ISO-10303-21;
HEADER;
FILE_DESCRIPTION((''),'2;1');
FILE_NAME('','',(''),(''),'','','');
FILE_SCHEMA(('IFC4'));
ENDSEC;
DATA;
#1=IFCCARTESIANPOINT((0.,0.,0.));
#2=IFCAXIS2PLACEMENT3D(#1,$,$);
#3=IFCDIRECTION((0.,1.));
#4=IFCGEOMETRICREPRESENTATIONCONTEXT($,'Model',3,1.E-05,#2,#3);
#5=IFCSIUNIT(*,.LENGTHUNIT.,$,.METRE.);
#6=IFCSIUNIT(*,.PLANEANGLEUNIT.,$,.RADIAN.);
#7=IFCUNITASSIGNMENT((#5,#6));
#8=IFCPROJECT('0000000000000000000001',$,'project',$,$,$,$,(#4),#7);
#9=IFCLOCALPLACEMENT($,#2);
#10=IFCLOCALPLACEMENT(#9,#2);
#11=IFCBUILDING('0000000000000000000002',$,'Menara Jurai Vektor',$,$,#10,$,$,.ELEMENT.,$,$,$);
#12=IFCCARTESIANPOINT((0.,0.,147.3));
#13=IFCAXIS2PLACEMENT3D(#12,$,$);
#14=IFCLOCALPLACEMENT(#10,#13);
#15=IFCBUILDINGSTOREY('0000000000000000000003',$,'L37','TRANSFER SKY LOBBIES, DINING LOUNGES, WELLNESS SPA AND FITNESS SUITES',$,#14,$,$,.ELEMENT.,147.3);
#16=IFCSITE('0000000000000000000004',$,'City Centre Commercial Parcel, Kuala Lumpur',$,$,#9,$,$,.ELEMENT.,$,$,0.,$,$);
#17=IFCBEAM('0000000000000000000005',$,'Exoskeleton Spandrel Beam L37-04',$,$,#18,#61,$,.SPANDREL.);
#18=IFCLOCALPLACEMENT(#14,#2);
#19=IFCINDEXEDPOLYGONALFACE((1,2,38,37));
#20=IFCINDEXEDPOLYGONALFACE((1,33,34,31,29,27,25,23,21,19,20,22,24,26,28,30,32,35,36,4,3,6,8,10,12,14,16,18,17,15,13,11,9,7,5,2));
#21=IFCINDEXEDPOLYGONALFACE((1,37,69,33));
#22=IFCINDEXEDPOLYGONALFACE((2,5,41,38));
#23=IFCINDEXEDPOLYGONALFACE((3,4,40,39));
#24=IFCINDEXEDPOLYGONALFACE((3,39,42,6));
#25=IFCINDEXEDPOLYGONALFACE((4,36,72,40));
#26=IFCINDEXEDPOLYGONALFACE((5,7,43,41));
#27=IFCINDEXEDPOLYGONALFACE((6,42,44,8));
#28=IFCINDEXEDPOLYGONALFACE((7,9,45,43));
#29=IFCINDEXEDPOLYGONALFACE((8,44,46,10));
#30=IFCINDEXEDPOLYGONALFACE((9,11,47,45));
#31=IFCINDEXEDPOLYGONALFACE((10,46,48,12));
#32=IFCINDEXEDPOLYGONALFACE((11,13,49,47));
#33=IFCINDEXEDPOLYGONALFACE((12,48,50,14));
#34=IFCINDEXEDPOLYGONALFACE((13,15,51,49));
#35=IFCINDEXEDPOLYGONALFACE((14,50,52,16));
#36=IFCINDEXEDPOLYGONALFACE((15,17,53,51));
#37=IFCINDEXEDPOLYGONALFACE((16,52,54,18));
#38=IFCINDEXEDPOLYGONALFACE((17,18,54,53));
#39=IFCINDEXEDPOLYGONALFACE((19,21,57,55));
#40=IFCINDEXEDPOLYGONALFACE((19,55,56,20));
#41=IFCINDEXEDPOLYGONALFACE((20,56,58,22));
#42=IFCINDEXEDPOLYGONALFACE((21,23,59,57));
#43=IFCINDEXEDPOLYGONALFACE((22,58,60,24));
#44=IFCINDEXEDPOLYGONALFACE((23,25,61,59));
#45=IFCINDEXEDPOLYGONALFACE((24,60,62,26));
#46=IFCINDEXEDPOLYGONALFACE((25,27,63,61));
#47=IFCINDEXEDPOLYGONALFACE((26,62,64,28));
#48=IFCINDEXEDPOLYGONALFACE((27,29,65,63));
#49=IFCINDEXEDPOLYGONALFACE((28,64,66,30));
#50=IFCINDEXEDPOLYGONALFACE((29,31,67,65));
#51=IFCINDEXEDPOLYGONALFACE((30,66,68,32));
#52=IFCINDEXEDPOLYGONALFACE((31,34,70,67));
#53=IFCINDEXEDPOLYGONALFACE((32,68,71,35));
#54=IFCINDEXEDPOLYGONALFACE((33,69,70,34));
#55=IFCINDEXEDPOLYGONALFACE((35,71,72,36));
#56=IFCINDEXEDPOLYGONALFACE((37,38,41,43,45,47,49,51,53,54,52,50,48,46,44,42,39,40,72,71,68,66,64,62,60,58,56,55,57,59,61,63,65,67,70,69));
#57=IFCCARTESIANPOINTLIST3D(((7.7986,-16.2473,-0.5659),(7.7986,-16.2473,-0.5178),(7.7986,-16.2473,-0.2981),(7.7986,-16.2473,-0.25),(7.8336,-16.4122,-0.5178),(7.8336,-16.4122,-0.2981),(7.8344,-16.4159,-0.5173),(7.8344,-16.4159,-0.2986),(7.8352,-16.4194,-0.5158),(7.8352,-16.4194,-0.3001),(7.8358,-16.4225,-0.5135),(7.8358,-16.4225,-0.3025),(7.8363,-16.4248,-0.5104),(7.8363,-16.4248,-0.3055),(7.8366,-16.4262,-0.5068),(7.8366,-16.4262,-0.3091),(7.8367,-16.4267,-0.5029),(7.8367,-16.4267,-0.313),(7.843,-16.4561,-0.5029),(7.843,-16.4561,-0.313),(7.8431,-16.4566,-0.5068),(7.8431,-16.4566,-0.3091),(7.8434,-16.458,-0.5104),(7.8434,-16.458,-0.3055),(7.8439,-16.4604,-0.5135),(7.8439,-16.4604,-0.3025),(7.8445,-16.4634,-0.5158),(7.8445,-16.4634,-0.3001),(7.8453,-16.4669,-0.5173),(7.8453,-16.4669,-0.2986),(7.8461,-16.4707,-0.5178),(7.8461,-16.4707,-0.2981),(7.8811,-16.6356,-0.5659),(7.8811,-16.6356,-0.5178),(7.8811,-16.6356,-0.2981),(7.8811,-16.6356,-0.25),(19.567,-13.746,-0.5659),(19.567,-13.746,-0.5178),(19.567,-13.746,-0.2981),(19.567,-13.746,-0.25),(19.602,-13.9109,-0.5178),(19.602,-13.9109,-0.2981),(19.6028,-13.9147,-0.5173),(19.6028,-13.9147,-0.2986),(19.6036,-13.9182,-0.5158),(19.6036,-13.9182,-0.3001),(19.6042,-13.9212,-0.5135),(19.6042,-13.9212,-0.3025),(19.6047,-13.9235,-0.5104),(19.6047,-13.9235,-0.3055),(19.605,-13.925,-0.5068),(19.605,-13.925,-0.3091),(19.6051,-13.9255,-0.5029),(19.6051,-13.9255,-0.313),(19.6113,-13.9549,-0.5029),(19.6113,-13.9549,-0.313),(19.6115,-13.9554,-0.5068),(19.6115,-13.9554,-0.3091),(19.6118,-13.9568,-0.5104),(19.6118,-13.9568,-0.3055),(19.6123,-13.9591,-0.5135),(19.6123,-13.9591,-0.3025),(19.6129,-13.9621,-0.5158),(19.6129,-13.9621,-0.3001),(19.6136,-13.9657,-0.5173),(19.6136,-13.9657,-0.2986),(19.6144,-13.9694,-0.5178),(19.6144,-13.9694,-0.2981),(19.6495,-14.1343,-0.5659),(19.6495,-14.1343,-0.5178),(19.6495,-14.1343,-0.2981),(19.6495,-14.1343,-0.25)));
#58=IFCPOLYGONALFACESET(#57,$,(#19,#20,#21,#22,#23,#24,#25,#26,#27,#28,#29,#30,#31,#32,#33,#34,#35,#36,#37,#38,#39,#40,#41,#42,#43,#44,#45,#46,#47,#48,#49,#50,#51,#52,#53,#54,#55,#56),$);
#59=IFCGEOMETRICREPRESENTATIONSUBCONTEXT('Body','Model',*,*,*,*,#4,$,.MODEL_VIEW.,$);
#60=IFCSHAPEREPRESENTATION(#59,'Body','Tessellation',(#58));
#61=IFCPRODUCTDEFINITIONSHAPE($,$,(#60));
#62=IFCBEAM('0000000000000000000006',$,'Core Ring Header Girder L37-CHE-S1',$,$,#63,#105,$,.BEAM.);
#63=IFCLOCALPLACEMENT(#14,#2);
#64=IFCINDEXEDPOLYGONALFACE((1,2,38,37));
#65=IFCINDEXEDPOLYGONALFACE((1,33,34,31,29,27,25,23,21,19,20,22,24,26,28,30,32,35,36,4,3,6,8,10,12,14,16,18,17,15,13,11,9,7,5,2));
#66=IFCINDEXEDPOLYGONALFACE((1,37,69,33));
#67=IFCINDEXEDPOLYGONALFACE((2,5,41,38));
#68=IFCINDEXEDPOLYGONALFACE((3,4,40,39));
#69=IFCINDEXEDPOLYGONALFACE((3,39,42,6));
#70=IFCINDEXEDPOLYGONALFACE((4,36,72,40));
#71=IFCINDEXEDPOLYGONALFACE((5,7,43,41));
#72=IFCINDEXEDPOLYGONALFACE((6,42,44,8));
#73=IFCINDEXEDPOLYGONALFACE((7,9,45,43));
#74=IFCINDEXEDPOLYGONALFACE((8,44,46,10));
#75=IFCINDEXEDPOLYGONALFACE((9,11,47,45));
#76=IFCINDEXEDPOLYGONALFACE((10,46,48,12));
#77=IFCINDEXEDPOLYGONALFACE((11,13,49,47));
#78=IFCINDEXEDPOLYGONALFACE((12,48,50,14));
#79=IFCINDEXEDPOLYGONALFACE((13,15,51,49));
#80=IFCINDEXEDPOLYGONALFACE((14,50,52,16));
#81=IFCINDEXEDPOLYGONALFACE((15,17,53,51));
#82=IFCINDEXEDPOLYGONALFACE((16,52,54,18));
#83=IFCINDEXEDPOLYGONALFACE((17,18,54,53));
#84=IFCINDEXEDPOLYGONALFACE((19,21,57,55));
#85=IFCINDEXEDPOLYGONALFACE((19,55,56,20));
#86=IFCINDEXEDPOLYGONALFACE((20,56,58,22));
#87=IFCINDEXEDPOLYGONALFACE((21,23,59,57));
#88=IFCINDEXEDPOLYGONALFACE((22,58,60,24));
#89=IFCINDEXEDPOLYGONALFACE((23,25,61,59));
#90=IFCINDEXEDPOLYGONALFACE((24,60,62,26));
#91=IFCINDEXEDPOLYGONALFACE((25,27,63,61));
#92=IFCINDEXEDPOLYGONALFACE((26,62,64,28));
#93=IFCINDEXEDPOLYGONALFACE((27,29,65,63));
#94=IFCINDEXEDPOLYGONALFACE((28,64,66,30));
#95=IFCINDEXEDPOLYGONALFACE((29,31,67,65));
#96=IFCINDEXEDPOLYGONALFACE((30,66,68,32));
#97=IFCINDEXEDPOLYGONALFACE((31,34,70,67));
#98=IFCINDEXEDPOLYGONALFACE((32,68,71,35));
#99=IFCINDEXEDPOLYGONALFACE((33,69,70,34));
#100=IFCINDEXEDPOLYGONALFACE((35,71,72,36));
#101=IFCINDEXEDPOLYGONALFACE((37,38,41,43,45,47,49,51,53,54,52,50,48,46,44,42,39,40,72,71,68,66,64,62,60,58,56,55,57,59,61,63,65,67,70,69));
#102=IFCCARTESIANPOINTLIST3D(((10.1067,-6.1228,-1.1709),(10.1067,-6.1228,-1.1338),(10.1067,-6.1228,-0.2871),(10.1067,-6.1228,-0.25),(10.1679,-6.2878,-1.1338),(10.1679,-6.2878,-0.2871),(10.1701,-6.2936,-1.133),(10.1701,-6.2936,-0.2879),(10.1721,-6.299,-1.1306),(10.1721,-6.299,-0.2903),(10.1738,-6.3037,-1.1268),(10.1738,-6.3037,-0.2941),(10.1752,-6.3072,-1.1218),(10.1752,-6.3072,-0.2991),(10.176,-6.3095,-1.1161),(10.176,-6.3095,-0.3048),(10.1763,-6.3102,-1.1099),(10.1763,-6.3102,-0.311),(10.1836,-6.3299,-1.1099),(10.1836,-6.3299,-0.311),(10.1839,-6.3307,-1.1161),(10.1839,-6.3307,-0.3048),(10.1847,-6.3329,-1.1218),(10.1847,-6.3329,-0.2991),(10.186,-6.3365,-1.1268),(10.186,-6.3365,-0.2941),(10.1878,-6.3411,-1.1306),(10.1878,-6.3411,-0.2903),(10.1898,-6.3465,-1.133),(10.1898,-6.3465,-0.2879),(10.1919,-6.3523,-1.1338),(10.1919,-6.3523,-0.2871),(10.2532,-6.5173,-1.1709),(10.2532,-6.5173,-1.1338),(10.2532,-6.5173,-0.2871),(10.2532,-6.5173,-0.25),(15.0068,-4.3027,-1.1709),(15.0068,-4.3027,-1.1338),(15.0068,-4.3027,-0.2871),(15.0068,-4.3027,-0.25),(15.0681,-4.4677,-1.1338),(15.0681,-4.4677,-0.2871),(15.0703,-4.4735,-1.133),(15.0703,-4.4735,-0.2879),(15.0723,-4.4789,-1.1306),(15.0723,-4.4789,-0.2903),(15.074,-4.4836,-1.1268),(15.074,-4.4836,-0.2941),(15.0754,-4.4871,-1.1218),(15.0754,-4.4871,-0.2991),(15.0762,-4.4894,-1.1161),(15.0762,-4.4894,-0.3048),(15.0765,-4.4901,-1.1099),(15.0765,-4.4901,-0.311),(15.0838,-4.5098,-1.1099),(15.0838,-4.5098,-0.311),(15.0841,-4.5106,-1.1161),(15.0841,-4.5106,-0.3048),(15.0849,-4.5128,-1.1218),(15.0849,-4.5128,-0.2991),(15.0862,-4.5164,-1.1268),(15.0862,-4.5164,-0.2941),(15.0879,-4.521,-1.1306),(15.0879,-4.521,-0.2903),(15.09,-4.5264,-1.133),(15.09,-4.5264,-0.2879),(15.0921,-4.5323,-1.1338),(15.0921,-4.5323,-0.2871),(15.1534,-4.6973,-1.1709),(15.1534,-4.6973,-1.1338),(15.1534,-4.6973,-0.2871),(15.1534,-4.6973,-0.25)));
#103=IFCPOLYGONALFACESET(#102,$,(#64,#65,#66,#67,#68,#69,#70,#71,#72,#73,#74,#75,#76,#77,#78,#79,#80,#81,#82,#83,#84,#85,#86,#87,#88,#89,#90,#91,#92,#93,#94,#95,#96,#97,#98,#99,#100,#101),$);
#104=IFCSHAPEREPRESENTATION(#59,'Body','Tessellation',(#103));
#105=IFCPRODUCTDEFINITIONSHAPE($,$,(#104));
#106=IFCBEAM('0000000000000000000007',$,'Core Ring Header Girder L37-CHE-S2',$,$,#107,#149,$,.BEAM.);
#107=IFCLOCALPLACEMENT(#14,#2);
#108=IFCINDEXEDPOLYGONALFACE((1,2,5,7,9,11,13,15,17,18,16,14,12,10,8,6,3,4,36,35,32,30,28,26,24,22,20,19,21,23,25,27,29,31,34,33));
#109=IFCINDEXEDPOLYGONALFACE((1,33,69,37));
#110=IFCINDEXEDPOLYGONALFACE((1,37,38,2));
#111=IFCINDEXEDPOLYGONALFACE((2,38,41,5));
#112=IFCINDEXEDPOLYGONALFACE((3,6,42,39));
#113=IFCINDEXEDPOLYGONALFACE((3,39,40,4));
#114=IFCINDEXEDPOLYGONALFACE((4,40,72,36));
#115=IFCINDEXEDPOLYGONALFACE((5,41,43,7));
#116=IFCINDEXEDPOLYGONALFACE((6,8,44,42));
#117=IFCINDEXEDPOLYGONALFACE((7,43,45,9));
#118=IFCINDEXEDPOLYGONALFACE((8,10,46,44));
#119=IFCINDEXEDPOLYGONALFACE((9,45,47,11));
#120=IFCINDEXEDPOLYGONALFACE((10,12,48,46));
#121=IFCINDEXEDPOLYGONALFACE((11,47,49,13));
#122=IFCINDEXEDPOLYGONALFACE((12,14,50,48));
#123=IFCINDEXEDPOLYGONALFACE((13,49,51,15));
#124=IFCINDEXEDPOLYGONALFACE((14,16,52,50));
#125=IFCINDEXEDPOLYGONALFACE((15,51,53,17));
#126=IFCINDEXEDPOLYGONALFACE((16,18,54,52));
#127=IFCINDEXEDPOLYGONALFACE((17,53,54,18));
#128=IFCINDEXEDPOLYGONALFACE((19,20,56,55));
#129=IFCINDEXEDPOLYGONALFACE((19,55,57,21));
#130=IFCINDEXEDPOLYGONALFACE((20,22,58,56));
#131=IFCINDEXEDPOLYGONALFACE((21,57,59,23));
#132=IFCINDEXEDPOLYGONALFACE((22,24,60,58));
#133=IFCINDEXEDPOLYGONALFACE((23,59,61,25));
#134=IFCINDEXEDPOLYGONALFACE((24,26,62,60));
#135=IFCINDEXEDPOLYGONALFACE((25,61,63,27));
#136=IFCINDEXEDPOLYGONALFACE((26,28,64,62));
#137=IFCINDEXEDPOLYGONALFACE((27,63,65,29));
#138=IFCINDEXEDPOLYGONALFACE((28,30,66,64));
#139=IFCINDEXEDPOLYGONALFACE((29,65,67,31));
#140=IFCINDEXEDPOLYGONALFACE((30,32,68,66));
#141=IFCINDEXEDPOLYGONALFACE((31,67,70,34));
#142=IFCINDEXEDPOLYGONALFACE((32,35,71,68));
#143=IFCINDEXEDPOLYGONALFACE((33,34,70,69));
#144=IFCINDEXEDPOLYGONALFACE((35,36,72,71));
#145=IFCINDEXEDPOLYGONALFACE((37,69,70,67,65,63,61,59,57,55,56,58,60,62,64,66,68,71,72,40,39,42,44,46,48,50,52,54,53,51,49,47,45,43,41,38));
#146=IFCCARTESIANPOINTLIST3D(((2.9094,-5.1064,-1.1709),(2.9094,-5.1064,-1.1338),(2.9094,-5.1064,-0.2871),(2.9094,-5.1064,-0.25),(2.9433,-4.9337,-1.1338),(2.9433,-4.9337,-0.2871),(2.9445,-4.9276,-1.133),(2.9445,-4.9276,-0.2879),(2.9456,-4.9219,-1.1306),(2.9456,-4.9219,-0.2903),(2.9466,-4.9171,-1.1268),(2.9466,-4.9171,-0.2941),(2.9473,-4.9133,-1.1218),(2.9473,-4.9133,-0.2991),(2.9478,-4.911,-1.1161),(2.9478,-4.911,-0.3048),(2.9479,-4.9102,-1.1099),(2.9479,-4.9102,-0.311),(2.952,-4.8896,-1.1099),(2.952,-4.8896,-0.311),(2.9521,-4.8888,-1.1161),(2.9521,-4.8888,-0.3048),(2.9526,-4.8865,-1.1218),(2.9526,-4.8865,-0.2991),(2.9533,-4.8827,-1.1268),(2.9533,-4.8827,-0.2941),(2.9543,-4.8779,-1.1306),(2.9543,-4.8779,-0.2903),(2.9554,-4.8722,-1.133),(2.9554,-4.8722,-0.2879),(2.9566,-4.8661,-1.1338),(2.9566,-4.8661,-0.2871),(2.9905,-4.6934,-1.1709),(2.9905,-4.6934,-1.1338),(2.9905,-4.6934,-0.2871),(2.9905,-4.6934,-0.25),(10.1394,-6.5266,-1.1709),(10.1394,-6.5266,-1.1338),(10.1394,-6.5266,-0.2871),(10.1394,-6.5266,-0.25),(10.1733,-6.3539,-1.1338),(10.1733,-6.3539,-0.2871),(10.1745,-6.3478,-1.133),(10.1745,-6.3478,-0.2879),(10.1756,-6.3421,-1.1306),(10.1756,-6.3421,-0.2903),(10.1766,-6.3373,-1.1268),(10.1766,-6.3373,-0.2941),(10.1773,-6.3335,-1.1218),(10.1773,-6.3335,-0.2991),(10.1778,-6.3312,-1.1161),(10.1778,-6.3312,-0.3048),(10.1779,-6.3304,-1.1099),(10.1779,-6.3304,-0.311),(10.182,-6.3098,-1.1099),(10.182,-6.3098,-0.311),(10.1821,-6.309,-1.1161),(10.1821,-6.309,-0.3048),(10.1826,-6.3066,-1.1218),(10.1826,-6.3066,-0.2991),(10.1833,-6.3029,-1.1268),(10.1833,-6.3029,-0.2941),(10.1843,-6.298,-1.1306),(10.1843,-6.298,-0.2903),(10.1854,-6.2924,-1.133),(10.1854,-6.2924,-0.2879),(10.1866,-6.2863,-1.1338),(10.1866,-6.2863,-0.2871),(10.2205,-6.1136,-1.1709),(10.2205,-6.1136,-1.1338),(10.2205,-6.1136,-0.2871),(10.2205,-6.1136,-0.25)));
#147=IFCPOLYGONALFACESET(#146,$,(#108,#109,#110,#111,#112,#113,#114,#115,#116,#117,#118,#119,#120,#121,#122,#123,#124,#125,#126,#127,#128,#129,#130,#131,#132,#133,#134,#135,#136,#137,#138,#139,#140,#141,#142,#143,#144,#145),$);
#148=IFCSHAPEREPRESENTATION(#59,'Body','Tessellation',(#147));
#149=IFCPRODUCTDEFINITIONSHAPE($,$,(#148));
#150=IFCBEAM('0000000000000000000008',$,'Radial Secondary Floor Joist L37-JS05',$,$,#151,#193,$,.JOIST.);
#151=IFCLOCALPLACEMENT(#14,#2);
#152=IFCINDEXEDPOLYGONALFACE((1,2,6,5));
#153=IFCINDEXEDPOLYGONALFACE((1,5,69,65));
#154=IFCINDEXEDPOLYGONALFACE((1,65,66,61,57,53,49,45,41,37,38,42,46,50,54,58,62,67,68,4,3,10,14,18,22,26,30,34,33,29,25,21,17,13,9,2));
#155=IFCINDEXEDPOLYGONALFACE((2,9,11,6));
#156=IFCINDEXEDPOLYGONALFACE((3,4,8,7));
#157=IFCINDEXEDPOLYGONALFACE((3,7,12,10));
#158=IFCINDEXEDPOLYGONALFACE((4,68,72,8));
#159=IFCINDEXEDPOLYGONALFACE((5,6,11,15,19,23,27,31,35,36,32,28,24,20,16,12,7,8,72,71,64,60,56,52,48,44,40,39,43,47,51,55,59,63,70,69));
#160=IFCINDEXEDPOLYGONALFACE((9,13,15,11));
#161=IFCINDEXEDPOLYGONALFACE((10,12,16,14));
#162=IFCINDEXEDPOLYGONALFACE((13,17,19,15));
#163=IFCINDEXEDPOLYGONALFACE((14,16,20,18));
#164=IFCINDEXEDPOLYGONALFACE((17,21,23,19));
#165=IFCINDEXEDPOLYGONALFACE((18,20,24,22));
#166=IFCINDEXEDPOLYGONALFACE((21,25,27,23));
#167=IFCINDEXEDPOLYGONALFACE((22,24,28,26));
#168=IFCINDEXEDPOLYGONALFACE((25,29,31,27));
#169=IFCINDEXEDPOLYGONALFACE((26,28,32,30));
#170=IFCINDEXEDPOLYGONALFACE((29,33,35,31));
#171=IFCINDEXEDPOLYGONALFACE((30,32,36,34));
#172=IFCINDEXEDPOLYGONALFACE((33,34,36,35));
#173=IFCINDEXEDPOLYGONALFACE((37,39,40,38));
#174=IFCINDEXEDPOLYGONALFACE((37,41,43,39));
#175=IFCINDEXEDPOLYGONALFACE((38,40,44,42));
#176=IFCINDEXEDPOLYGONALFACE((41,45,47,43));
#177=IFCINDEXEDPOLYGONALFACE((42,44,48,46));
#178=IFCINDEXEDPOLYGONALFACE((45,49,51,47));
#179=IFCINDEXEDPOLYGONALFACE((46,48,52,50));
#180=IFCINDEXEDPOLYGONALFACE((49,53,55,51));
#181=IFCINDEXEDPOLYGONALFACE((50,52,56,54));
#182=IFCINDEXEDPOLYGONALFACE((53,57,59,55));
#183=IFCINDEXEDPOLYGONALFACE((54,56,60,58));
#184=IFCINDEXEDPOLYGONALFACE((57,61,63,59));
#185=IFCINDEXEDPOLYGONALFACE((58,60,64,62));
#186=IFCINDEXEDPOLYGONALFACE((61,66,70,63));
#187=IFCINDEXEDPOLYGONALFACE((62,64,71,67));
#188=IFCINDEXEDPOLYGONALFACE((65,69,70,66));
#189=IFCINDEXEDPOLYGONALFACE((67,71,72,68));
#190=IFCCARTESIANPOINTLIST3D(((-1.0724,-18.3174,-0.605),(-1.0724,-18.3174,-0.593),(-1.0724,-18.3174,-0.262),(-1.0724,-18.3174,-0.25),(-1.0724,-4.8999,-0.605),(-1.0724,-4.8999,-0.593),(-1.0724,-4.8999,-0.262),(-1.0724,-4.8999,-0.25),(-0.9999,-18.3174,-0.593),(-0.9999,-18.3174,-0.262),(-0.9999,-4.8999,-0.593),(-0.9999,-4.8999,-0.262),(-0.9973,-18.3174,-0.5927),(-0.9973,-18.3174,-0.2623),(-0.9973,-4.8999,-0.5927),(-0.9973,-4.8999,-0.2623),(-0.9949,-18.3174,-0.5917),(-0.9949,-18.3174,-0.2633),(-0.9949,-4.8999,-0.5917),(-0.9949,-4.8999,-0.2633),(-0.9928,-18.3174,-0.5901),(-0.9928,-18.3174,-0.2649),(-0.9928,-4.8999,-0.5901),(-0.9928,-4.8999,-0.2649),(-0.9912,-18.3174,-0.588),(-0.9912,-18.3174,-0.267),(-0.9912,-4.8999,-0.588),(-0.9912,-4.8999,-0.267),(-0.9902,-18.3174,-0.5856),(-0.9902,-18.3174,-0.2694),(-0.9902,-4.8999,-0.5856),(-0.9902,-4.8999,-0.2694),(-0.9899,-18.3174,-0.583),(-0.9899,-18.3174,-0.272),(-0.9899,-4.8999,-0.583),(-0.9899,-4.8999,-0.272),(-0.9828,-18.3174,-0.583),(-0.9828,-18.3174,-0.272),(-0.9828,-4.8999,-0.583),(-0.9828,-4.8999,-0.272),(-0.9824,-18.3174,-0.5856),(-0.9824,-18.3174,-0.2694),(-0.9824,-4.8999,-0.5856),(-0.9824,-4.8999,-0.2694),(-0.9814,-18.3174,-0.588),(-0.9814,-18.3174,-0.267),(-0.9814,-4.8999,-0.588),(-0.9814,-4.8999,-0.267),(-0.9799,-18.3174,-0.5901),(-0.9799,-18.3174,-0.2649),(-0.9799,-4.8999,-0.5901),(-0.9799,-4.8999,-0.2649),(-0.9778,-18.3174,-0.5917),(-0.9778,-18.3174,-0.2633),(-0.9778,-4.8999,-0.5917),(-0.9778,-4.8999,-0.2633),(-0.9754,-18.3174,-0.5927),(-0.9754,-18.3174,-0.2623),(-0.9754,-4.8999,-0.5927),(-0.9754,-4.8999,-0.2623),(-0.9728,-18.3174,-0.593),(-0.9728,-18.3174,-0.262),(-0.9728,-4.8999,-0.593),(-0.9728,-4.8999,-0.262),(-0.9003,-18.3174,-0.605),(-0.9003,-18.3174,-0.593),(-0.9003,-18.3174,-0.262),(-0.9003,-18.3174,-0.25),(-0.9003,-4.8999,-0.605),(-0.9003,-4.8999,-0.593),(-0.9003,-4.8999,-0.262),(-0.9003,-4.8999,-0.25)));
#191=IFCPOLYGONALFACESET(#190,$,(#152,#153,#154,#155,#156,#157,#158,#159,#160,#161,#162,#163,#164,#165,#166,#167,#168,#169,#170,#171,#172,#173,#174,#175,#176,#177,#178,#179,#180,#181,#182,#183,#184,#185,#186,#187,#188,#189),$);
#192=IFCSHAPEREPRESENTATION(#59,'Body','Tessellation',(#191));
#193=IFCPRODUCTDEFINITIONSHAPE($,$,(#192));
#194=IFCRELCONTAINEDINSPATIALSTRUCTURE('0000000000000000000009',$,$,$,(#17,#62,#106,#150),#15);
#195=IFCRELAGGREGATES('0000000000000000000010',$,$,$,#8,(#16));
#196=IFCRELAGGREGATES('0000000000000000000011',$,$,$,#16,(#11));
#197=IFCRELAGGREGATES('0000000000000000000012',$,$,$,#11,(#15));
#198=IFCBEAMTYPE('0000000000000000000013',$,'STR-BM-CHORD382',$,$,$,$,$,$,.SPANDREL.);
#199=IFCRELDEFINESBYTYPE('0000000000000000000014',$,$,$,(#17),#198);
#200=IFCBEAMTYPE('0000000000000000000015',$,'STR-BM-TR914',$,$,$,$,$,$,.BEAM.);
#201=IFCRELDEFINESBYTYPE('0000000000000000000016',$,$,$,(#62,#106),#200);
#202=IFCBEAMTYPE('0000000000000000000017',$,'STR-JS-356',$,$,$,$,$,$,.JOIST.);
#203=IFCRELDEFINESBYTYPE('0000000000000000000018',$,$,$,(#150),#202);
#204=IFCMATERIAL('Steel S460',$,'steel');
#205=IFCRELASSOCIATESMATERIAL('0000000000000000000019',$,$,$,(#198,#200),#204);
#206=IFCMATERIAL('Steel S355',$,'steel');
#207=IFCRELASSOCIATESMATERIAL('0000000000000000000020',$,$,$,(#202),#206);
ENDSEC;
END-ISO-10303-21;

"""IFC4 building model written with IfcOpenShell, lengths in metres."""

from ifc_helpers import new_model, si_unit, direction, frame, origin, origin_2d, place, context, subcontext, project, spatial, i_section, extrude, material, material_profile, profile_set, type_object, element, save


model = new_model("IFC4")

# Units and contexts
model_context = context("Model", 3, precision=1e-05, world=origin(), true_north=direction((0.0, 1.0)))
body_context = subcontext(model_context, "Body", "Model", "MODEL_VIEW")
ifc_project = project(units=[si_unit("LENGTHUNIT", "METRE"), si_unit("PLANEANGLEUNIT", "RADIAN")], contexts=[model_context])

# Site, building, storey
site_placement = place(None, origin())
site = spatial("IfcSite", under=ifc_project, at=site_placement, Name="City Centre Commercial Parcel, Kuala Lumpur", CompositionType="ELEMENT", RefElevation=0.0)
building_placement = place(site_placement, origin())
building = spatial("IfcBuilding", under=site, at=building_placement, Name="Menara Jurai Vektor", CompositionType="ELEMENT")
storey_placement = place(building_placement, frame((0.0, 0.0, 147.3)))
storey = spatial("IfcBuildingStorey", under=building, at=storey_placement, Name="L37", Description="TRANSFER SKY LOBBIES, DINING LOUNGES, WELLNESS SPA AND FITNESS SUITES", CompositionType="ELEMENT", Elevation=147.3)

# Shared definitions
ifc_material_1 = material(Name="Steel S460", Category="steel")

# Beams
ifc_material_2 = material(Name="Steel S355", Category="steel")
ifc_material_profile_1 = material_profile(ifc_material_1, i_section(OverallWidth=0.397, OverallDepth=0.3159, WebThickness=0.03, FlangeThickness=0.0481, FilletRadius=0.0149, at=origin_2d()), Name="HD 400x382")
ifc_profile_set_1 = profile_set([ifc_material_profile_1], Name="Steel S460")
beam_type_1 = type_object("IfcBeamType", Name="STR-BM-CHORD382", PredefinedType="SPANDREL", material=ifc_profile_set_1)
beam_1_placement = place(storey_placement, frame((7.8398, -16.4414, -0.408), z_axis=(0.978151, 0.207895, 0.0), x_axis=(-0.207895, 0.978151, 0.0)))
element("IfcBeam", 1, at=beam_1_placement, inside=storey, type_object=beam_type_1, Name="Exoskeleton Spandrel Beam L37-04", PredefinedType="SPANDREL", context=body_context, shape_type="SweptSolid", body=[
    extrude(i_section(OverallWidth=0.397, OverallDepth=0.3159, WebThickness=0.03, FlangeThickness=0.0481, FilletRadius=0.0149, at=origin_2d()), origin(), (0.0, 0.0, 1.0), 12.0312),
])
ifc_material_profile_2 = material_profile(ifc_material_1, i_section(OverallWidth=0.4209, OverallDepth=0.9209, WebThickness=0.021, FlangeThickness=0.0371, FilletRadius=0.0239, at=origin_2d()), Name="UKB 914x419x388")
ifc_profile_set_2 = profile_set([ifc_material_profile_2], Name="Steel S460")
beam_type_2 = type_object("IfcBeamType", Name="STR-BM-TR914", PredefinedType="BEAM", material=ifc_profile_set_2)
beam_2_placement = place(storey_placement, frame((10.1799, -6.3201, -0.7104), z_axis=(0.937424, 0.348189, 0.0), x_axis=(-0.348189, 0.937424, 0.0)))
element("IfcBeam", 2, at=beam_2_placement, inside=storey, type_object=beam_type_2, Name="Core Ring Header Girder L37-CHE-S1", PredefinedType="BEAM", context=body_context, shape_type="SweptSolid", body=[
    extrude(i_section(OverallWidth=0.4209, OverallDepth=0.9209, WebThickness=0.021, FlangeThickness=0.0371, FilletRadius=0.0239, at=origin_2d()), origin(), (0.0, 0.0, 1.0), 5.2273),
])
beam_3_placement = place(storey_placement, frame((2.95, -4.8999, -0.7104), z_axis=(0.981249, -0.192744, 0.0), x_axis=(0.192744, 0.981249, 0.0)))
element("IfcBeam", 3, at=beam_3_placement, inside=storey, type_object=beam_type_2, Name="Core Ring Header Girder L37-CHE-S2", PredefinedType="BEAM", context=body_context, shape_type="SweptSolid", body=[
    extrude(i_section(OverallWidth=0.4209, OverallDepth=0.9209, WebThickness=0.021, FlangeThickness=0.0371, FilletRadius=0.0239, at=origin_2d()), origin(), (0.0, 0.0, 1.0), 7.3682),
])
ifc_material_profile_3 = material_profile(ifc_material_2, i_section(OverallWidth=0.1721, OverallDepth=0.355, WebThickness=0.0071, FlangeThickness=0.012, FilletRadius=0.01, at=origin_2d()), Name="UKB 356x171x51")
ifc_profile_set_3 = profile_set([ifc_material_profile_3], Name="Steel S355")
beam_type_3 = type_object("IfcBeamType", Name="STR-JS-356", PredefinedType="JOIST", material=ifc_profile_set_3)
beam_4_placement = place(storey_placement, frame((-0.9863, -18.3174, -0.4275), z_axis=(0.0, 1.0, 0.0), x_axis=(-1.0, 0.0, 0.0)))
element("IfcBeam", 4, at=beam_4_placement, inside=storey, type_object=beam_type_3, Name="Radial Secondary Floor Joist L37-JS05", PredefinedType="JOIST", context=body_context, shape_type="SweptSolid", body=[
    extrude(i_section(OverallWidth=0.1721, OverallDepth=0.355, WebThickness=0.0071, FlangeThickness=0.012, FilletRadius=0.01, at=origin_2d()), origin(), (0.0, 0.0, 1.0), 13.4175),
])

save(model, "model.ifc")
